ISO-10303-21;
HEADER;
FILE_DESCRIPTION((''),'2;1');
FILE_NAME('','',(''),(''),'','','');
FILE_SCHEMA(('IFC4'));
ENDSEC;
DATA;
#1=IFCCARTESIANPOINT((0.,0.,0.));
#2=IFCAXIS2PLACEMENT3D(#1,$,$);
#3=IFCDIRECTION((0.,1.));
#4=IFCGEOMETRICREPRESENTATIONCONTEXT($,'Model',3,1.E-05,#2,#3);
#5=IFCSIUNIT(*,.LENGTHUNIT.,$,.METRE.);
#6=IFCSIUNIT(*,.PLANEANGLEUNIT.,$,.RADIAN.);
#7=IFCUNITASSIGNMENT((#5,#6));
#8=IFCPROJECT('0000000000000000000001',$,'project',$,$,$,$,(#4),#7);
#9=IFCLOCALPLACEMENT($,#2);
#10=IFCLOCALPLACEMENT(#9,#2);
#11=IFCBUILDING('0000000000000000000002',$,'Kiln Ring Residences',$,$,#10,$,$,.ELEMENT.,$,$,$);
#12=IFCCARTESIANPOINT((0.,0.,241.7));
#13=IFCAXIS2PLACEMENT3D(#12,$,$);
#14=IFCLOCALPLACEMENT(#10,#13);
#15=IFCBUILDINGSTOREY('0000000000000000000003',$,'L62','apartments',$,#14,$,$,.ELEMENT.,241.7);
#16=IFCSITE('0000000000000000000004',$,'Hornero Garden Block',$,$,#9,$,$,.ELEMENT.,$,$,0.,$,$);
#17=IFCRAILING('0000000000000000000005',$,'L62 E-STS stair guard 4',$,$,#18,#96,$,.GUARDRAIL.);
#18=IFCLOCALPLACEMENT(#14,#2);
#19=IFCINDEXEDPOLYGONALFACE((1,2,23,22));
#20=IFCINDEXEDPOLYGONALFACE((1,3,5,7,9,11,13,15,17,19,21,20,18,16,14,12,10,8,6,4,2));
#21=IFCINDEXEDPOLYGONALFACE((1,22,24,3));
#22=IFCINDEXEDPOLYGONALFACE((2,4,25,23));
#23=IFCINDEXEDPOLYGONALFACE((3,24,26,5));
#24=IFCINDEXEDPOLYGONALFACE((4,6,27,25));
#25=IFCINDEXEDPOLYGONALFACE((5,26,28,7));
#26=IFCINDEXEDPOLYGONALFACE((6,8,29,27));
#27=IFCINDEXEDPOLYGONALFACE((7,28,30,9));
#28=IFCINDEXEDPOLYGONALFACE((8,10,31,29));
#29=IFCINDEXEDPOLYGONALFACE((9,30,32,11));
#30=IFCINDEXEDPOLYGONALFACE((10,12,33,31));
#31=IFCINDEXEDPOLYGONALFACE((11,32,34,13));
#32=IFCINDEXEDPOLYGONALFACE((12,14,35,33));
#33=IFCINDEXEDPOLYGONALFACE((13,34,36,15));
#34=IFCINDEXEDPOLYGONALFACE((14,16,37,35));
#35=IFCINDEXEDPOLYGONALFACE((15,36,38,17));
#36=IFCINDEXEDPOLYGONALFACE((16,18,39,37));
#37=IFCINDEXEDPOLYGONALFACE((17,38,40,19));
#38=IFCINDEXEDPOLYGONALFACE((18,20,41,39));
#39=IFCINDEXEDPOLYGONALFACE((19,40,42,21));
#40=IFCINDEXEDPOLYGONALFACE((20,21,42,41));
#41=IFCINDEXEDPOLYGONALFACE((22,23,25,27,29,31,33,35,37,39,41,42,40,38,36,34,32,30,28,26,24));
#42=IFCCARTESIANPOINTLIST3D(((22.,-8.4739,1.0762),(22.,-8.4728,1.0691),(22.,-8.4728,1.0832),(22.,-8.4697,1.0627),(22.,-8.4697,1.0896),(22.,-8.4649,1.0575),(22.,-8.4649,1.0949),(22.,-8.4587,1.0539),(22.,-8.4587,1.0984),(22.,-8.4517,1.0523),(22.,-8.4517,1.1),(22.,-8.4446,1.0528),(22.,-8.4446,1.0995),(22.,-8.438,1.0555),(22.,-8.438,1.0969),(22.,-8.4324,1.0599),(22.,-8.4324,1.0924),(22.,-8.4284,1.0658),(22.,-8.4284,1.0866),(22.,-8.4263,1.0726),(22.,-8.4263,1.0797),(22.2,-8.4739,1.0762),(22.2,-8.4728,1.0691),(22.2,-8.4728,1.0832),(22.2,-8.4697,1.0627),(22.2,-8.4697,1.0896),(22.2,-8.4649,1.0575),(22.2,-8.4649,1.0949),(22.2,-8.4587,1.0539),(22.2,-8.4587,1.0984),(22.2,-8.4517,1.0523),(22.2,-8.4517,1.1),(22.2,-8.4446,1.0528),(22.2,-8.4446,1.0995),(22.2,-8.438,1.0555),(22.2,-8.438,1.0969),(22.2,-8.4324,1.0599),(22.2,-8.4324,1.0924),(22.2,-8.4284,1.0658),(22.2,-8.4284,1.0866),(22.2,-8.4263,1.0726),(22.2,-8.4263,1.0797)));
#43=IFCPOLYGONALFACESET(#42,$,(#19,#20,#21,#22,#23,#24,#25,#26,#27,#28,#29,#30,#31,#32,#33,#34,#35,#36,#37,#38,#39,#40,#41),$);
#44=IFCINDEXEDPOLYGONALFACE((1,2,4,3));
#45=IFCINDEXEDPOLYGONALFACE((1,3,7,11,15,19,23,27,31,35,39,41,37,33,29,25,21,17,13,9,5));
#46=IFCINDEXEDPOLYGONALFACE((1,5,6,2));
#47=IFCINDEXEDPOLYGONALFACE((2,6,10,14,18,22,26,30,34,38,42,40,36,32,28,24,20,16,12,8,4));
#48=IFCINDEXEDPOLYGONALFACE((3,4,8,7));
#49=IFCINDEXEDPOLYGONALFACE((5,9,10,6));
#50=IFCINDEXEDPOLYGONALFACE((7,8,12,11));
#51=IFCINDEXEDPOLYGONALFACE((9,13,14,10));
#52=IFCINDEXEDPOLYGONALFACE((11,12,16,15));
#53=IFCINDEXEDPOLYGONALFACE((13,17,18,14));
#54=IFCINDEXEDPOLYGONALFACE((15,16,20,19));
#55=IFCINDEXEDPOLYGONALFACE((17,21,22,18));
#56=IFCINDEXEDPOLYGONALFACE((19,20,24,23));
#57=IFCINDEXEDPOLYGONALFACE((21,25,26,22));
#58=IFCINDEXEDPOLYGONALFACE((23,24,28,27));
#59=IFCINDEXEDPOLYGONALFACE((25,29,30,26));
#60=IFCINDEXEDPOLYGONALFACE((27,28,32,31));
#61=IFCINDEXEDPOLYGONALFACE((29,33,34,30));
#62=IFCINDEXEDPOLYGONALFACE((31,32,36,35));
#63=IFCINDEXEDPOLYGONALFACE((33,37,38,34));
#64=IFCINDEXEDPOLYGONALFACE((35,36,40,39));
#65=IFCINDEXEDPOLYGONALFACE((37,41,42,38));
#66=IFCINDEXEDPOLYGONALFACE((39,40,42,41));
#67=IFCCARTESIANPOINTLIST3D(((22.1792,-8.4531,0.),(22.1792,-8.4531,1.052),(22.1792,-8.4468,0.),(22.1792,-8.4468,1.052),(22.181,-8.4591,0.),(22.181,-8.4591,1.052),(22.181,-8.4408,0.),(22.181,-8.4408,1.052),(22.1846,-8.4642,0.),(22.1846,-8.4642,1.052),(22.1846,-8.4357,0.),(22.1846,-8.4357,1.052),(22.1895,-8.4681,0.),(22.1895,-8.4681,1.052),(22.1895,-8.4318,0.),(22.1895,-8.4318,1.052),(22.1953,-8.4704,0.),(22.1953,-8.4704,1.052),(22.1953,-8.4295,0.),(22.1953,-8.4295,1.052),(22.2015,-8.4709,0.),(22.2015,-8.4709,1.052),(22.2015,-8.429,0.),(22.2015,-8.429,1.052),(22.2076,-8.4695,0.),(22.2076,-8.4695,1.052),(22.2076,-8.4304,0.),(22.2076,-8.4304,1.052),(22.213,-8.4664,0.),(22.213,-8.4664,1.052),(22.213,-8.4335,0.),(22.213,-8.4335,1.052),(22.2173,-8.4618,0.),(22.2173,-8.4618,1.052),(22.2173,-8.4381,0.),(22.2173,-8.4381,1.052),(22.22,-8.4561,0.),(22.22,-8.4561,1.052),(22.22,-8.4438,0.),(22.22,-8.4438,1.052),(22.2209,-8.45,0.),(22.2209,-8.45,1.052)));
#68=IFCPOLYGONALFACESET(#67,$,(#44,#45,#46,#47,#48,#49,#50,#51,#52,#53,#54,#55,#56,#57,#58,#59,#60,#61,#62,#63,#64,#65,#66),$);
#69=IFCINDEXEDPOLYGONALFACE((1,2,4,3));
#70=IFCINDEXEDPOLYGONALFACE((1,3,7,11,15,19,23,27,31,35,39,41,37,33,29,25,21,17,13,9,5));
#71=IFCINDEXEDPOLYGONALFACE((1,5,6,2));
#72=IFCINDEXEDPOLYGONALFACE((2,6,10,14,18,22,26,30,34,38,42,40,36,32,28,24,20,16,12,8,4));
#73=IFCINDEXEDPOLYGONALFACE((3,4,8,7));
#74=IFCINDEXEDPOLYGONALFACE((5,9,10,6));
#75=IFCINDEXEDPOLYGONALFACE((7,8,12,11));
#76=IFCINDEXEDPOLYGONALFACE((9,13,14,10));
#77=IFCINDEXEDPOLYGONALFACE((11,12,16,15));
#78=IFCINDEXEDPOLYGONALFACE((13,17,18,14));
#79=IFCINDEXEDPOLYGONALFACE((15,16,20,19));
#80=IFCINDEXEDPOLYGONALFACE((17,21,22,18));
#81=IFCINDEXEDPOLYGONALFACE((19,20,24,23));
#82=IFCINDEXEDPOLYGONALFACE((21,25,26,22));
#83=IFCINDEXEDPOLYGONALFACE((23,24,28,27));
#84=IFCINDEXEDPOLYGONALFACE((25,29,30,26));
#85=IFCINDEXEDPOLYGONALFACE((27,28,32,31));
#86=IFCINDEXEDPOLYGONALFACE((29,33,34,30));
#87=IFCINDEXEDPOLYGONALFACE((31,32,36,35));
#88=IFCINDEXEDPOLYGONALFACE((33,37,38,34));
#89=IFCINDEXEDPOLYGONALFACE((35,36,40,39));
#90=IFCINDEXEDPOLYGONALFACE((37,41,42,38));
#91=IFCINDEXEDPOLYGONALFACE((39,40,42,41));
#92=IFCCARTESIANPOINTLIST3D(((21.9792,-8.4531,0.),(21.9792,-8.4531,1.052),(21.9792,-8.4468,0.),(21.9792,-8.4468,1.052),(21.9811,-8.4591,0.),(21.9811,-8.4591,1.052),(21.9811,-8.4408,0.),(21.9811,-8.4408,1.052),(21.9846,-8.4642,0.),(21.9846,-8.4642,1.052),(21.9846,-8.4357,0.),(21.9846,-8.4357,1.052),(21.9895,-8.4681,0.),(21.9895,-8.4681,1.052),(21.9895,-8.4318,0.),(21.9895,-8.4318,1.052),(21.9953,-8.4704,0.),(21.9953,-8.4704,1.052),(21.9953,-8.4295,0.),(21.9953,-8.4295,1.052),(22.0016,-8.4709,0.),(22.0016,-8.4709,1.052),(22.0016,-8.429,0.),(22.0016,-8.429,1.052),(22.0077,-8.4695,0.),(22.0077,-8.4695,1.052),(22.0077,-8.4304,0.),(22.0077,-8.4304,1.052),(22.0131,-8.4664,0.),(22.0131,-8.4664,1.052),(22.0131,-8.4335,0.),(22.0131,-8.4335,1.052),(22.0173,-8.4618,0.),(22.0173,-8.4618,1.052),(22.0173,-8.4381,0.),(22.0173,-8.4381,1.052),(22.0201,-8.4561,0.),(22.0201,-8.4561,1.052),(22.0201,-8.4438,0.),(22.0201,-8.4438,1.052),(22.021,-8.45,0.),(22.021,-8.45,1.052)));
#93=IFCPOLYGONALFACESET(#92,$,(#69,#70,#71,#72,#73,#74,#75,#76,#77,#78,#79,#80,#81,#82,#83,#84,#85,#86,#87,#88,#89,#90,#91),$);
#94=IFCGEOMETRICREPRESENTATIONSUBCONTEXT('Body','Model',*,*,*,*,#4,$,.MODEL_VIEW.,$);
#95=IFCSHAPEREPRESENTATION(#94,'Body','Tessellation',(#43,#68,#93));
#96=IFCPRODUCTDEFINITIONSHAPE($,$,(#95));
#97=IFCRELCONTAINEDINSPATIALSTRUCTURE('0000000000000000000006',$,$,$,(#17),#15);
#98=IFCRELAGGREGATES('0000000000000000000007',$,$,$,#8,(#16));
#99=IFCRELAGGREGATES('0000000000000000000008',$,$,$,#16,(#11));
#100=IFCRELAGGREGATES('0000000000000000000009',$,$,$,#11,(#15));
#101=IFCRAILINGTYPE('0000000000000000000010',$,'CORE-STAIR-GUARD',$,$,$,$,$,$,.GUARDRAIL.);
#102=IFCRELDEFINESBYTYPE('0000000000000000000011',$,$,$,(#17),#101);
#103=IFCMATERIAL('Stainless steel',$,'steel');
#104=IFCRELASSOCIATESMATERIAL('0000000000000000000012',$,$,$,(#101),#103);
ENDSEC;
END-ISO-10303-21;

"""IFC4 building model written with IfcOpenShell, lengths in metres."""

from ifc_helpers import new_model, si_unit, direction, frame, origin, origin_2d, place, context, subcontext, project, spatial, circle, extrude, material, type_object, element, save


model = new_model("IFC4")

# Units and contexts
model_context = context("Model", 3, precision=1e-05, world=origin(), true_north=direction((0.0, 1.0)))
body_context = subcontext(model_context, "Body", "Model", "MODEL_VIEW")
ifc_project = project(units=[si_unit("LENGTHUNIT", "METRE"), si_unit("PLANEANGLEUNIT", "RADIAN")], contexts=[model_context])

# Site, building, storey
site_placement = place(None, origin())
site = spatial("IfcSite", under=ifc_project, at=site_placement, Name="Hornero Garden Block", CompositionType="ELEMENT", RefElevation=0.0)
building_placement = place(site_placement, origin())
building = spatial("IfcBuilding", under=site, at=building_placement, Name="Kiln Ring Residences", CompositionType="ELEMENT")
storey_placement = place(building_placement, frame((0.0, 0.0, 241.7)))
storey = spatial("IfcBuildingStorey", under=building, at=storey_placement, Name="L62", Description="apartments", CompositionType="ELEMENT", Elevation=241.7)

# Railing
ifc_material_1 = material(Name="Stainless steel", Category="steel")
railing_type_1 = type_object("IfcRailingType", Name="CORE-STAIR-GUARD", PredefinedType="GUARDRAIL", material=ifc_material_1)
railing_1_placement = place(storey_placement, frame((22.2, -8.45, 0.0)))
element("IfcRailing", 1, at=railing_1_placement, inside=storey, type_object=railing_type_1, Name="L62 E-STS stair guard 4", PredefinedType="GUARDRAIL", context=body_context, shape_type="SweptSolid", body=[
    extrude(circle(Radius=0.0239, at=origin_2d()), frame((0.0, 0.0, 1.0762), z_axis=(-1.0, 0.0, 0.0), x_axis=(0.0, -1.0, 0.0)), (0.0, 0.0, 1.0), 0.2),
    extrude(circle(Radius=0.021, at=origin_2d()), origin(), (0.0, 0.0, 1.0), 1.052),
    extrude(circle(Radius=0.021, at=origin_2d()), frame((-0.2, 0.0, 0.0)), (0.0, 0.0, 1.0), 1.052),
])

save(model, "model.ifc")
